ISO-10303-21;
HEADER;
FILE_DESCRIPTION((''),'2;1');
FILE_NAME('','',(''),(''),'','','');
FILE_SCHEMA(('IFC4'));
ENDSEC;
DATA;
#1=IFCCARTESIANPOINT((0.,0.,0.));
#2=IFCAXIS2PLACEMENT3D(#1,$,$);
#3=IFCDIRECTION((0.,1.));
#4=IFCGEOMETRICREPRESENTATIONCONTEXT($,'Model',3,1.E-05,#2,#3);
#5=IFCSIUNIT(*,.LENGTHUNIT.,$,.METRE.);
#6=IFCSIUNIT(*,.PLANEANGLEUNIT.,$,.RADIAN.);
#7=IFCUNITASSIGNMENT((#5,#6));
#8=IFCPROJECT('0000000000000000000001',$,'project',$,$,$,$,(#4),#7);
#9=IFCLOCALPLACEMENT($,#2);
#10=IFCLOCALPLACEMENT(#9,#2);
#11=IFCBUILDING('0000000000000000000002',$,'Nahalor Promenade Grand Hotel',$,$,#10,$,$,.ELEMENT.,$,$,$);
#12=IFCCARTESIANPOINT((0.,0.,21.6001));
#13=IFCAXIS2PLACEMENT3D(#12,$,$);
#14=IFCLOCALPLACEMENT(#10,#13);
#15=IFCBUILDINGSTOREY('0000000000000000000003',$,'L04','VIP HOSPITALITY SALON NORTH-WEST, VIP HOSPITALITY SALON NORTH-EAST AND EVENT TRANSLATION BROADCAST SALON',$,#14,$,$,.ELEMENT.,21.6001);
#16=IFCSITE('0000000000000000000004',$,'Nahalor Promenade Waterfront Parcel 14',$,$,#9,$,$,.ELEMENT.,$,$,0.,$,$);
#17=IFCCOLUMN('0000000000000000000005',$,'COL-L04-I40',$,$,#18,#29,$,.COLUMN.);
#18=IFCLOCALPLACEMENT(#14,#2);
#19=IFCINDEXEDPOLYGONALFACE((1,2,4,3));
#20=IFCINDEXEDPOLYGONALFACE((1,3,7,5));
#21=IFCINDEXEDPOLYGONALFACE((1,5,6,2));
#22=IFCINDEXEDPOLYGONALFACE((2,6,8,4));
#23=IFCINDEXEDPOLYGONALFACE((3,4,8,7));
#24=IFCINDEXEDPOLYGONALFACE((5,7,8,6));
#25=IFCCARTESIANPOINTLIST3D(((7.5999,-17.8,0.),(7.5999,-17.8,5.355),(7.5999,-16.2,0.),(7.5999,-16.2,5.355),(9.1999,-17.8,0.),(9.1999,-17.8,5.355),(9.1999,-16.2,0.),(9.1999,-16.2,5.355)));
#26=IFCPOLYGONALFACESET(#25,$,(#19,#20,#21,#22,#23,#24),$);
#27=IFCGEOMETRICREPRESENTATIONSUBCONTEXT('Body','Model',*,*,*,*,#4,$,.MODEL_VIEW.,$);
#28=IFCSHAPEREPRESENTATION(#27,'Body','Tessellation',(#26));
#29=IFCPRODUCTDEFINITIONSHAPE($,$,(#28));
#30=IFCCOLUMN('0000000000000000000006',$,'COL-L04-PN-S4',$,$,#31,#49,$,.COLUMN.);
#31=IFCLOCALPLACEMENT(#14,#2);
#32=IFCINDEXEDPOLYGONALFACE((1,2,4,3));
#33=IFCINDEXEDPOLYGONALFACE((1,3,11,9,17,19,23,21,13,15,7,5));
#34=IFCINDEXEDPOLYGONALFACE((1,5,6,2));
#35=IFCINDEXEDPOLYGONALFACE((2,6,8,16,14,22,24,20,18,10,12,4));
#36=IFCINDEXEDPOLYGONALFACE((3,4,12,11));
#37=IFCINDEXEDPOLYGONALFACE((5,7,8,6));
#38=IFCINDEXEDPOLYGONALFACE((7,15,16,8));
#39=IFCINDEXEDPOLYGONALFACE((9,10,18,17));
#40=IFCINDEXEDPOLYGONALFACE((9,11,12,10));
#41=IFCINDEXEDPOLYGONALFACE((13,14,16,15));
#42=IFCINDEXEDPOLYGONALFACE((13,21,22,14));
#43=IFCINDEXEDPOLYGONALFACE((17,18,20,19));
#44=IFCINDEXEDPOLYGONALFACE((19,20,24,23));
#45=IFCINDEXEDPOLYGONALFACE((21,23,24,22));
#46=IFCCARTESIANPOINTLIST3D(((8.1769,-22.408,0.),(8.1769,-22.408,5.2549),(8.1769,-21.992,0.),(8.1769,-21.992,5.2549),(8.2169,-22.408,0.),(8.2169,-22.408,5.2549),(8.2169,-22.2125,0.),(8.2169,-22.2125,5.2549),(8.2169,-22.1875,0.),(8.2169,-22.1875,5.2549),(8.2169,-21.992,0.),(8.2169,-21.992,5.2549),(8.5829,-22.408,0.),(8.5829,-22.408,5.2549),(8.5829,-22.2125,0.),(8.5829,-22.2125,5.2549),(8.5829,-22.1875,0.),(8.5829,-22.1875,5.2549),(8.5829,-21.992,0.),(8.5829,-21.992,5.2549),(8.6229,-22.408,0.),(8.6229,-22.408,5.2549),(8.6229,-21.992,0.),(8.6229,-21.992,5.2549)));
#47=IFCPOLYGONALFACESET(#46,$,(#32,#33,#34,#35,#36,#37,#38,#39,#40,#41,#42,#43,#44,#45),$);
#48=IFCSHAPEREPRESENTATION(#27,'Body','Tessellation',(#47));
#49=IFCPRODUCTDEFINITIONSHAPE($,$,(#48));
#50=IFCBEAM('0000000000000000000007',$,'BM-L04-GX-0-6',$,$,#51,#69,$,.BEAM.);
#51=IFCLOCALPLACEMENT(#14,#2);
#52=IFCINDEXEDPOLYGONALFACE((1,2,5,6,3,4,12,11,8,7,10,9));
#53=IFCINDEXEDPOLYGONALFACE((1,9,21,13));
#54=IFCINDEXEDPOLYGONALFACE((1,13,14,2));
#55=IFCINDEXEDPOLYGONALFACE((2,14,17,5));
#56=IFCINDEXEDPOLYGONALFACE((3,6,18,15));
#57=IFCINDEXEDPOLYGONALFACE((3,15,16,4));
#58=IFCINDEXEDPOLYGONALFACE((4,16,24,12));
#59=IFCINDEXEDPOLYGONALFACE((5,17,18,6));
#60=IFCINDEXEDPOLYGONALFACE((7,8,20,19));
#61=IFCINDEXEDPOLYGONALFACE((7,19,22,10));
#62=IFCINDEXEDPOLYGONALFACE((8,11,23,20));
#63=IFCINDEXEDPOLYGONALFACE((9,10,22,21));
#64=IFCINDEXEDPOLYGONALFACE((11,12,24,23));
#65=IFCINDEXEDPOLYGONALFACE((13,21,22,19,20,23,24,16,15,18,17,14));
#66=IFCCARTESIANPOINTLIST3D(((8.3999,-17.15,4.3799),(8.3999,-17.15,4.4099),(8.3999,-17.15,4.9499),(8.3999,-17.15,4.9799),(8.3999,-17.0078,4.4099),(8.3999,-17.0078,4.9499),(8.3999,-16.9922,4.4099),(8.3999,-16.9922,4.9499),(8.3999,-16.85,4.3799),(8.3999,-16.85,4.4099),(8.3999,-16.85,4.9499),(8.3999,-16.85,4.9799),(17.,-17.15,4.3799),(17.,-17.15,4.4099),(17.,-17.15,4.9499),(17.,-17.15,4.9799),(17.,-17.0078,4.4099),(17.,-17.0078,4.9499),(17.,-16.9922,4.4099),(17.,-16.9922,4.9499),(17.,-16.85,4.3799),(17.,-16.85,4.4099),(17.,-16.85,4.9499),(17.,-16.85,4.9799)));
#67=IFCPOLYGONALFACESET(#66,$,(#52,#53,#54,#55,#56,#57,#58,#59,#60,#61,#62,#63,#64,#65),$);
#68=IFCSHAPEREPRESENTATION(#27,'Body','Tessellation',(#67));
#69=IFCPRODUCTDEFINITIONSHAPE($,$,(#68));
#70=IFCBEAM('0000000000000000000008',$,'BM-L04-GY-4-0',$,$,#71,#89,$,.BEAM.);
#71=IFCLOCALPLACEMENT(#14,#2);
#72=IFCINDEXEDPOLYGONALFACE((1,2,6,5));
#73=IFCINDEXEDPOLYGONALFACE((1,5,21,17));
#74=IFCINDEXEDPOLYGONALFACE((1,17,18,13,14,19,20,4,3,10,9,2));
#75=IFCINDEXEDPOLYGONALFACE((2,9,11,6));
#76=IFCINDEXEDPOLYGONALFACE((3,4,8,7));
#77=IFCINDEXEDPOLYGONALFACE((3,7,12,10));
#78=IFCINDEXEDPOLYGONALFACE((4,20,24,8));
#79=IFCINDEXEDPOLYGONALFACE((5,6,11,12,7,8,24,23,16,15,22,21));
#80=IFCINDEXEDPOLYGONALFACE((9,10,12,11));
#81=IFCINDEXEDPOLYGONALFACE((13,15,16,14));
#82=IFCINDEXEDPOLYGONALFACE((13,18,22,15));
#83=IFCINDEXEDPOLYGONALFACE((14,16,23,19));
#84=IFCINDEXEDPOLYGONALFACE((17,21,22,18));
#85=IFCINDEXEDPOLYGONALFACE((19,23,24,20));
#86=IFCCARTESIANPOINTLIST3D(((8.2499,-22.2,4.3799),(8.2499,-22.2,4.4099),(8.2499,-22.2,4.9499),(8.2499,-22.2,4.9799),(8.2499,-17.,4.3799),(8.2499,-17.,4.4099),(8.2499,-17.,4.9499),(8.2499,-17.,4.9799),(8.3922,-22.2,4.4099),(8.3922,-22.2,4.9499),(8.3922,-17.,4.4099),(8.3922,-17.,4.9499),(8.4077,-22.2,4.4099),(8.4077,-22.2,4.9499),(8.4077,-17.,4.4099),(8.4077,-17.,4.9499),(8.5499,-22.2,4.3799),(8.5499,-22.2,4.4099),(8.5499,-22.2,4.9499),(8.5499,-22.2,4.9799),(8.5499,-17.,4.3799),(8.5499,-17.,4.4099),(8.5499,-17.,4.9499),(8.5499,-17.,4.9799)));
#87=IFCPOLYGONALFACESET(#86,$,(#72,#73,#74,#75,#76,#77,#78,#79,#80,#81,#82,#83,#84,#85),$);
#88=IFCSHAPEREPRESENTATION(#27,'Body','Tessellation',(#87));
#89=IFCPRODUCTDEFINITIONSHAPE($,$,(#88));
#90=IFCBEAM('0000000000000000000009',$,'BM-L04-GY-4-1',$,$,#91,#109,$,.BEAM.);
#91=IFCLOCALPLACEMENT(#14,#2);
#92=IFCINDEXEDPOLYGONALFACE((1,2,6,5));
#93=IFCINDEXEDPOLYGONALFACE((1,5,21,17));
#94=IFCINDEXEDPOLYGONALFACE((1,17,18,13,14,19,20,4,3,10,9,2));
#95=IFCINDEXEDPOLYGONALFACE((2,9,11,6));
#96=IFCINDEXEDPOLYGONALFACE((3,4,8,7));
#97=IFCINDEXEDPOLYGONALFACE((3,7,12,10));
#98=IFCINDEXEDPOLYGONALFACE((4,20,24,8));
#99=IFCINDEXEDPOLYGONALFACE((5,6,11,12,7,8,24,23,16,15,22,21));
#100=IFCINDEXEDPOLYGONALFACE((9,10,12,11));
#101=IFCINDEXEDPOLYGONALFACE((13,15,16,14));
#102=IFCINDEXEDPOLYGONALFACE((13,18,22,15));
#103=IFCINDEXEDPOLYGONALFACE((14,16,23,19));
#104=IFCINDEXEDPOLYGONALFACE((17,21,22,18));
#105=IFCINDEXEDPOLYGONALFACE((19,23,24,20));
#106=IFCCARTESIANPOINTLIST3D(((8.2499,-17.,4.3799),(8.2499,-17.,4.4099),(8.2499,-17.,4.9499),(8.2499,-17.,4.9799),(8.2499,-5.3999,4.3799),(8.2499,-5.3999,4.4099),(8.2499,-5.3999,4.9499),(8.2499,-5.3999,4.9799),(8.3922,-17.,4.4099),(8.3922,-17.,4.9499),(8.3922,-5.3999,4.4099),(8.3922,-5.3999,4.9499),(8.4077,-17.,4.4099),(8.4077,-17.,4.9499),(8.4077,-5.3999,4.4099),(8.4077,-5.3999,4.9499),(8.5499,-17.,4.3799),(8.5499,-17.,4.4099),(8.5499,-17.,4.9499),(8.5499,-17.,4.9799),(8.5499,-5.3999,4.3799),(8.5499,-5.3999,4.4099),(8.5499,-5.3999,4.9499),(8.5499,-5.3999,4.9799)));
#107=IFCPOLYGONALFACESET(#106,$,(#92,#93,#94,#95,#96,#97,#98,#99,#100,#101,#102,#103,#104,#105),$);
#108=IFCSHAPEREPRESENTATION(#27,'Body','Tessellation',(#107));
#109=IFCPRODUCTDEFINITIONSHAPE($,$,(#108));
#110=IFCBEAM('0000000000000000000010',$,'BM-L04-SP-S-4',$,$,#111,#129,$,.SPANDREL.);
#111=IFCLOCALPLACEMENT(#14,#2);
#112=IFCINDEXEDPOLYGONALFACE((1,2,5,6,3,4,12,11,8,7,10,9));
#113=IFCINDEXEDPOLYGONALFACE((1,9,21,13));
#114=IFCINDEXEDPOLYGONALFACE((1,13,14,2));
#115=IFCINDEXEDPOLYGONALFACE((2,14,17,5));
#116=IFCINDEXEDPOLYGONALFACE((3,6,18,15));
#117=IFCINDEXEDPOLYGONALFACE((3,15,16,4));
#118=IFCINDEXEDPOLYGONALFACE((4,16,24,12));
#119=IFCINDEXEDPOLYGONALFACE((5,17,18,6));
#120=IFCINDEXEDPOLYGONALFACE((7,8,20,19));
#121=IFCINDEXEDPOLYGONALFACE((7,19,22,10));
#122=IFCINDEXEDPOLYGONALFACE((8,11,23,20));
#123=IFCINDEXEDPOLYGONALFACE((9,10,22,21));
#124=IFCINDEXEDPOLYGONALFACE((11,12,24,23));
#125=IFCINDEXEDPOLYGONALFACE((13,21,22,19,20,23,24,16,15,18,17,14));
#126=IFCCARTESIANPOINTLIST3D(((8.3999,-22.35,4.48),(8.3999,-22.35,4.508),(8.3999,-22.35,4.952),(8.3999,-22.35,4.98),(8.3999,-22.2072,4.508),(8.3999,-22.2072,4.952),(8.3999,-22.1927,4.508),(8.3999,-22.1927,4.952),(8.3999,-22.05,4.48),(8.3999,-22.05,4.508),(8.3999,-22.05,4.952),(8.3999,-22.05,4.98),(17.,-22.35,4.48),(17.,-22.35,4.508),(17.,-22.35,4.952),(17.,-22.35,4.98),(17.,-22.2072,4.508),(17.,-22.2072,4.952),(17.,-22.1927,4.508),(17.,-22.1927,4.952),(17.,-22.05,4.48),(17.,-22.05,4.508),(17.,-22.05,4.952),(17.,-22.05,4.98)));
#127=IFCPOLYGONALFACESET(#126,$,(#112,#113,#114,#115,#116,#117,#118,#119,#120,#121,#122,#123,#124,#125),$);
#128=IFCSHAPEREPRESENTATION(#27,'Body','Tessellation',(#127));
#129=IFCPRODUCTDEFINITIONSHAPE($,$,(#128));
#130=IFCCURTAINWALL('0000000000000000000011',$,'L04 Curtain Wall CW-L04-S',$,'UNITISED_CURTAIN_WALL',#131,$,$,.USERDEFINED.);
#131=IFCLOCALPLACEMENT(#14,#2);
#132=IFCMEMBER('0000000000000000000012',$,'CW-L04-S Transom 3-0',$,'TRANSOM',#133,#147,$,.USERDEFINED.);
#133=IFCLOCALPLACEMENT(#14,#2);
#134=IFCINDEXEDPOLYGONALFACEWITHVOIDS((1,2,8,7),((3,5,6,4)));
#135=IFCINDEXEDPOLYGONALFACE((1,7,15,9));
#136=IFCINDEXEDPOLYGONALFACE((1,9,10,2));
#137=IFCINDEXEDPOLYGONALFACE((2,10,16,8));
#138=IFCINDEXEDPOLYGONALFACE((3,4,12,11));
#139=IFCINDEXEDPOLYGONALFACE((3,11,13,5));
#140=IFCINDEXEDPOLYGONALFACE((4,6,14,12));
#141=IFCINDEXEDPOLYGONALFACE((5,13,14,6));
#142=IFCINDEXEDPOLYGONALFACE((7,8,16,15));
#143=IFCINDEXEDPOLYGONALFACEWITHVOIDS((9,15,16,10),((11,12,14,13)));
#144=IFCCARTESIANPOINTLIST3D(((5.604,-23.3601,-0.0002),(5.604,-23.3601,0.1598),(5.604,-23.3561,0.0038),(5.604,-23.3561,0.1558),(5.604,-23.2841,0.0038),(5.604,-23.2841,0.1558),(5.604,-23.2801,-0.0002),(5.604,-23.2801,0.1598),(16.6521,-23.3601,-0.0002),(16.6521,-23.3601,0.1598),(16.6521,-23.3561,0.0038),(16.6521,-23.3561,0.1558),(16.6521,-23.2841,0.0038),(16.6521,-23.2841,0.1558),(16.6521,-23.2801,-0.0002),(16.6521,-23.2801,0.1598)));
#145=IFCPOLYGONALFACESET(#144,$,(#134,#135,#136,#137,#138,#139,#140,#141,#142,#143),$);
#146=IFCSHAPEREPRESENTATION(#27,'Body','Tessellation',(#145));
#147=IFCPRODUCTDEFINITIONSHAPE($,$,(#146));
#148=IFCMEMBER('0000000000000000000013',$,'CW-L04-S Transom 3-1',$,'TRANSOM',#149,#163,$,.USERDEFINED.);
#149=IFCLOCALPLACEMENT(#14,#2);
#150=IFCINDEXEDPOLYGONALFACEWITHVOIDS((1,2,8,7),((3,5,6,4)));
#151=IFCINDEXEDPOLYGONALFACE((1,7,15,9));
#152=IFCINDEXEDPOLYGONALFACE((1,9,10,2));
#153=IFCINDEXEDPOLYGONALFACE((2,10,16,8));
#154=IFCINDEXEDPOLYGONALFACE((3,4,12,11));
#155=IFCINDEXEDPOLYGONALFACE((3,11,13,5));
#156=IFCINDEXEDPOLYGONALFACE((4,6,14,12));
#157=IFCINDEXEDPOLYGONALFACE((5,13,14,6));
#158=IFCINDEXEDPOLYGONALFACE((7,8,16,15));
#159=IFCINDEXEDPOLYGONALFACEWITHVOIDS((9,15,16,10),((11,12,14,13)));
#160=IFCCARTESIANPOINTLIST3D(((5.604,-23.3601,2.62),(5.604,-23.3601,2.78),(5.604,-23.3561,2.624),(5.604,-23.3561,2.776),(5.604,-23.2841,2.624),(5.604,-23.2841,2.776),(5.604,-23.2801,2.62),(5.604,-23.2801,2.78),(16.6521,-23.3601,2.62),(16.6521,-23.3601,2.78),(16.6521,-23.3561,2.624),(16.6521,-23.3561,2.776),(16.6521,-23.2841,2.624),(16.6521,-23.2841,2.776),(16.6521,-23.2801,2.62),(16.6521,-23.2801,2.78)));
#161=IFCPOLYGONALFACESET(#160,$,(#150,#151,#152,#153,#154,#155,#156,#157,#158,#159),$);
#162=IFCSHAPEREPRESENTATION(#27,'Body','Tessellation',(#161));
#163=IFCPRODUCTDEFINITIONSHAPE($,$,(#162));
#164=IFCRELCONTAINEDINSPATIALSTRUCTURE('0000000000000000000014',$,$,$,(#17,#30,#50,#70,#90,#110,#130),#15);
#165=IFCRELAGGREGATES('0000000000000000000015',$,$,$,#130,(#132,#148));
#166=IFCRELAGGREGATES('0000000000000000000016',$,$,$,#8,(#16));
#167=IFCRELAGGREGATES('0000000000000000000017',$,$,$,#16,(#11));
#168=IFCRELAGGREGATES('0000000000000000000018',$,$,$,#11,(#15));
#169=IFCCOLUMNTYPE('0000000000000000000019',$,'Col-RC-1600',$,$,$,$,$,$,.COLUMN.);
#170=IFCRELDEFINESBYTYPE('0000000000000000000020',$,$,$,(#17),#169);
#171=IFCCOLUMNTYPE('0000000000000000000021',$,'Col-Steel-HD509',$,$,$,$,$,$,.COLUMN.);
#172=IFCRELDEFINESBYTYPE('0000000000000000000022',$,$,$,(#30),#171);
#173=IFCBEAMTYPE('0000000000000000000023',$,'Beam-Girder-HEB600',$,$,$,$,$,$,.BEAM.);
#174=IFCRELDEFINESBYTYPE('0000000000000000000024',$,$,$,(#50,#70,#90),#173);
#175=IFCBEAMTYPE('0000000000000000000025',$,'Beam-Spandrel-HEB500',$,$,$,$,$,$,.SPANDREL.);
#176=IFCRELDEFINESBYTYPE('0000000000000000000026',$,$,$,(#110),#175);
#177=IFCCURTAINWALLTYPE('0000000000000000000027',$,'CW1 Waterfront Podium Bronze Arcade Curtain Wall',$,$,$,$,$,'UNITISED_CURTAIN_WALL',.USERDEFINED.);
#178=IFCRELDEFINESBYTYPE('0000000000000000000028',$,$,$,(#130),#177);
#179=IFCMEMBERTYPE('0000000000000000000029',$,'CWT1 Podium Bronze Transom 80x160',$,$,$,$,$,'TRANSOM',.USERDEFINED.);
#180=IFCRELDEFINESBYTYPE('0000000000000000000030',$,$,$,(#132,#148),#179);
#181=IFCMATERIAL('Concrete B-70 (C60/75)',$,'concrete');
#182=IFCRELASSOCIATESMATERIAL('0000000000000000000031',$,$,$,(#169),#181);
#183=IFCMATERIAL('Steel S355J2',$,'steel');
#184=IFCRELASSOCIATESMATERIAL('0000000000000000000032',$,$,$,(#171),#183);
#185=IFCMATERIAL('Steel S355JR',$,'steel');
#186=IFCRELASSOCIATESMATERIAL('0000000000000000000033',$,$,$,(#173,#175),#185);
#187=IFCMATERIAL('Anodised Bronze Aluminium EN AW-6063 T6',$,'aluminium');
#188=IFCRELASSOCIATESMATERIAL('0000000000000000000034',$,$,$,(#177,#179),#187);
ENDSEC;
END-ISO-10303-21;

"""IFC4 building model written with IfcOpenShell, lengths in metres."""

from ifc_helpers import new_model, si_unit, direction, frame, origin, origin_2d, place, context, subcontext, project, spatial, rectangle, hollow_rectangle, i_section, extrude, source, transform, mapped, material, material_profile, profile_set, type_object, element, aggregate, save


model = new_model("IFC4")

# Units and contexts
model_context = context("Model", 3, precision=1e-05, world=origin(), true_north=direction((0.0, 1.0)))
body_context = subcontext(model_context, "Body", "Model", "MODEL_VIEW")
ifc_project = project(units=[si_unit("LENGTHUNIT", "METRE"), si_unit("PLANEANGLEUNIT", "RADIAN")], contexts=[model_context])

# Site, building, storey
site_placement = place(None, origin())
site = spatial("IfcSite", under=ifc_project, at=site_placement, Name="Nahalor Promenade Waterfront Parcel 14", CompositionType="ELEMENT", RefElevation=0.0)
building_placement = place(site_placement, origin())
building = spatial("IfcBuilding", under=site, at=building_placement, Name="Nahalor Promenade Grand Hotel", CompositionType="ELEMENT")
storey_placement = place(building_placement, frame((0.0, 0.0, 21.6001)))
storey = spatial("IfcBuildingStorey", under=building, at=storey_placement, Name="L04", Description="VIP HOSPITALITY SALON NORTH-WEST, VIP HOSPITALITY SALON NORTH-EAST AND EVENT TRANSLATION BROADCAST SALON", CompositionType="ELEMENT", Elevation=21.6001)

# Columns
ifc_material_1 = material(Name="Concrete B-70 (C60/75)", Category="concrete")
ifc_material_profile_1 = material_profile(ifc_material_1, rectangle(XDim=1.6, YDim=1.6, at=origin_2d()), Name="RC 1600x1600")
ifc_profile_set_1 = profile_set([ifc_material_profile_1], Name="Concrete B-70 (C60/75)")
column_type_1 = type_object("IfcColumnType", Name="Col-RC-1600", PredefinedType="COLUMN", material=ifc_profile_set_1)
shared_shape_1 = source(origin(), body_context, "Body", "SweptSolid", [
    extrude(rectangle(XDim=1.6, YDim=1.6, at=origin_2d()), origin(), (0.0, 0.0, 1.0), 5.355),
])
column_1_placement = place(storey_placement, frame((8.3999, -17.0, 0.0), z_axis=(0.0, 0.0, 1.0), x_axis=(1.0, 0.0, 0.0)))
element("IfcColumn", 1, at=column_1_placement, inside=storey, type_object=column_type_1, Name="COL-L04-I40", PredefinedType="COLUMN", context=body_context, shape_type="MappedRepresentation", body=[
    mapped(shared_shape_1, transform((0.0, 0.0, 0.0), scale=1.0)),
])
ifc_material_2 = material(Name="Steel S355J2", Category="steel")
ifc_material_profile_2 = material_profile(ifc_material_2, i_section(OverallWidth=0.416, OverallDepth=0.446, WebThickness=0.025, FlangeThickness=0.04, at=origin_2d()), Name="HD 400x509")
ifc_profile_set_2 = profile_set([ifc_material_profile_2], Name="Steel S355J2")
column_type_2 = type_object("IfcColumnType", Name="Col-Steel-HD509", PredefinedType="COLUMN", material=ifc_profile_set_2)
shared_shape_2 = source(origin(), body_context, "Body", "SweptSolid", [
    extrude(i_section(OverallWidth=0.416, OverallDepth=0.446, WebThickness=0.025, FlangeThickness=0.04, at=origin_2d()), origin(), (0.0, 0.0, 1.0), 5.2549),
])
column_2_placement = place(storey_placement, frame((8.3999, -22.2, 0.0), z_axis=(0.0, 0.0, 1.0), x_axis=(0.0, 1.0, 0.0)))
element("IfcColumn", 2, at=column_2_placement, inside=storey, type_object=column_type_2, Name="COL-L04-PN-S4", PredefinedType="COLUMN", context=body_context, shape_type="MappedRepresentation", body=[
    mapped(shared_shape_2, transform((0.0, 0.0, 0.0), scale=1.0)),
])

# Beams
ifc_material_3 = material(Name="Steel S355JR", Category="steel")
ifc_material_profile_3 = material_profile(ifc_material_3, i_section(OverallWidth=0.3, OverallDepth=0.6, WebThickness=0.0155, FlangeThickness=0.03, at=origin_2d()), Name="HEB 600")
ifc_profile_set_3 = profile_set([ifc_material_profile_3], Name="Steel S355JR")
beam_type_1 = type_object("IfcBeamType", Name="Beam-Girder-HEB600", PredefinedType="BEAM", material=ifc_profile_set_3)
shared_shape_3 = source(origin(), body_context, "Body", "SweptSolid", [
    extrude(i_section(OverallWidth=0.3, OverallDepth=0.6, WebThickness=0.0155, FlangeThickness=0.03, at=origin_2d()), origin(), (0.0, 0.0, 1.0), 8.6001),
])
beam_1_placement = place(storey_placement, frame((8.3999, -17.0, 4.6799), z_axis=(1.0, 0.0, 0.0), x_axis=(0.0, 1.0, 0.0)))
element("IfcBeam", 3, at=beam_1_placement, inside=storey, type_object=beam_type_1, Name="BM-L04-GX-0-6", PredefinedType="BEAM", context=body_context, shape_type="MappedRepresentation", body=[
    mapped(shared_shape_3, transform((0.0, 0.0, 0.0), scale=1.0)),
])
shared_shape_4 = source(origin(), body_context, "Body", "SweptSolid", [
    extrude(i_section(OverallWidth=0.3, OverallDepth=0.6, WebThickness=0.0155, FlangeThickness=0.03, at=origin_2d()), origin(), (0.0, 0.0, 1.0), 5.2),
])
beam_2_placement = place(storey_placement, frame((8.3999, -22.2, 4.6799), z_axis=(0.0, 1.0, 0.0), x_axis=(-1.0, 0.0, 0.0)))
element("IfcBeam", 4, at=beam_2_placement, inside=storey, type_object=beam_type_1, Name="BM-L04-GY-4-0", PredefinedType="BEAM", context=body_context, shape_type="MappedRepresentation", body=[
    mapped(shared_shape_4, transform((0.0, 0.0, 0.0), scale=1.0)),
])
shared_shape_5 = source(origin(), body_context, "Body", "SweptSolid", [
    extrude(i_section(OverallWidth=0.3, OverallDepth=0.6, WebThickness=0.0155, FlangeThickness=0.03, at=origin_2d()), origin(), (0.0, 0.0, 1.0), 11.6001),
])
beam_3_placement = place(storey_placement, frame((8.3999, -17.0, 4.6799), z_axis=(0.0, 1.0, 0.0), x_axis=(-1.0, 0.0, 0.0)))
element("IfcBeam", 5, at=beam_3_placement, inside=storey, type_object=beam_type_1, Name="BM-L04-GY-4-1", PredefinedType="BEAM", context=body_context, shape_type="MappedRepresentation", body=[
    mapped(shared_shape_5, transform((0.0, 0.0, 0.0), scale=1.0)),
])
ifc_material_profile_4 = material_profile(ifc_material_3, i_section(OverallWidth=0.3, OverallDepth=0.5, WebThickness=0.0145, FlangeThickness=0.028, at=origin_2d()), Name="HEB 500")
ifc_profile_set_4 = profile_set([ifc_material_profile_4], Name="Steel S355JR")
beam_type_2 = type_object("IfcBeamType", Name="Beam-Spandrel-HEB500", PredefinedType="SPANDREL", material=ifc_profile_set_4)
shared_shape_6 = source(origin(), body_context, "Body", "SweptSolid", [
    extrude(i_section(OverallWidth=0.3, OverallDepth=0.5, WebThickness=0.0145, FlangeThickness=0.028, at=origin_2d()), origin(), (0.0, 0.0, 1.0), 8.6001),
])
beam_4_placement = place(storey_placement, frame((8.3999, -22.2, 4.73), z_axis=(1.0, 0.0, 0.0), x_axis=(0.0, 1.0, 0.0)))
element("IfcBeam", 6, at=beam_4_placement, inside=storey, type_object=beam_type_2, Name="BM-L04-SP-S-4", PredefinedType="SPANDREL", context=body_context, shape_type="MappedRepresentation", body=[
    mapped(shared_shape_6, transform((0.0, 0.0, 0.0), scale=1.0)),
])

# Curtain wall, members
ifc_material_4 = material(Name="Anodised Bronze Aluminium EN AW-6063 T6", Category="aluminium")
curtain_wall_type = type_object("IfcCurtainWallType", Name="CW1 Waterfront Podium Bronze Arcade Curtain Wall", ElementType="UNITISED_CURTAIN_WALL", PredefinedType="USERDEFINED", material=ifc_material_4)
curtain_wall_placement = place(storey_placement, origin())
curtain_wall = element("IfcCurtainWall", 7, at=curtain_wall_placement, inside=storey, type_object=curtain_wall_type, Name="L04 Curtain Wall CW-L04-S", ObjectType="UNITISED_CURTAIN_WALL", PredefinedType="USERDEFINED")
ifc_material_profile_5 = material_profile(ifc_material_4, hollow_rectangle(XDim=0.08, YDim=0.16, WallThickness=0.004, at=origin_2d()), Name="CWT 80x160x4")
ifc_profile_set_5 = profile_set([ifc_material_profile_5], Name="Anodised Bronze Aluminium EN AW-6063 T6")
member_type = type_object("IfcMemberType", Name="CWT1 Podium Bronze Transom 80x160", ElementType="TRANSOM", PredefinedType="USERDEFINED", material=ifc_profile_set_5)
shared_shape_7 = source(origin(), body_context, "Body", "SweptSolid", [
    extrude(hollow_rectangle(XDim=0.08, YDim=0.16, WallThickness=0.004, at=origin_2d()), origin(), (0.0, 0.0, 1.0), 11.0481),
])
member_1_placement = place(storey_placement, frame((5.604, -23.3201, 0.0798), z_axis=(1.0, 0.0, 0.0), x_axis=(0.0, 1.0, 0.0)))
member_1 = element("IfcMember", 8, at=member_1_placement, type_object=member_type, Name="CW-L04-S Transom 3-0", ObjectType="TRANSOM", PredefinedType="USERDEFINED", context=body_context, shape_type="MappedRepresentation", body=[
    mapped(shared_shape_7, transform((0.0, 0.0, 0.0), scale=1.0)),
])
member_2_placement = place(storey_placement, frame((5.604, -23.3201, 2.7), z_axis=(1.0, 0.0, 0.0), x_axis=(0.0, 1.0, 0.0)))
member_2 = element("IfcMember", 9, at=member_2_placement, type_object=member_type, Name="CW-L04-S Transom 3-1", ObjectType="TRANSOM", PredefinedType="USERDEFINED", context=body_context, shape_type="MappedRepresentation", body=[
    mapped(shared_shape_7, transform((0.0, 0.0, 0.0), scale=1.0)),
])
aggregate(curtain_wall, [member_1, member_2])

save(model, "model.ifc")
